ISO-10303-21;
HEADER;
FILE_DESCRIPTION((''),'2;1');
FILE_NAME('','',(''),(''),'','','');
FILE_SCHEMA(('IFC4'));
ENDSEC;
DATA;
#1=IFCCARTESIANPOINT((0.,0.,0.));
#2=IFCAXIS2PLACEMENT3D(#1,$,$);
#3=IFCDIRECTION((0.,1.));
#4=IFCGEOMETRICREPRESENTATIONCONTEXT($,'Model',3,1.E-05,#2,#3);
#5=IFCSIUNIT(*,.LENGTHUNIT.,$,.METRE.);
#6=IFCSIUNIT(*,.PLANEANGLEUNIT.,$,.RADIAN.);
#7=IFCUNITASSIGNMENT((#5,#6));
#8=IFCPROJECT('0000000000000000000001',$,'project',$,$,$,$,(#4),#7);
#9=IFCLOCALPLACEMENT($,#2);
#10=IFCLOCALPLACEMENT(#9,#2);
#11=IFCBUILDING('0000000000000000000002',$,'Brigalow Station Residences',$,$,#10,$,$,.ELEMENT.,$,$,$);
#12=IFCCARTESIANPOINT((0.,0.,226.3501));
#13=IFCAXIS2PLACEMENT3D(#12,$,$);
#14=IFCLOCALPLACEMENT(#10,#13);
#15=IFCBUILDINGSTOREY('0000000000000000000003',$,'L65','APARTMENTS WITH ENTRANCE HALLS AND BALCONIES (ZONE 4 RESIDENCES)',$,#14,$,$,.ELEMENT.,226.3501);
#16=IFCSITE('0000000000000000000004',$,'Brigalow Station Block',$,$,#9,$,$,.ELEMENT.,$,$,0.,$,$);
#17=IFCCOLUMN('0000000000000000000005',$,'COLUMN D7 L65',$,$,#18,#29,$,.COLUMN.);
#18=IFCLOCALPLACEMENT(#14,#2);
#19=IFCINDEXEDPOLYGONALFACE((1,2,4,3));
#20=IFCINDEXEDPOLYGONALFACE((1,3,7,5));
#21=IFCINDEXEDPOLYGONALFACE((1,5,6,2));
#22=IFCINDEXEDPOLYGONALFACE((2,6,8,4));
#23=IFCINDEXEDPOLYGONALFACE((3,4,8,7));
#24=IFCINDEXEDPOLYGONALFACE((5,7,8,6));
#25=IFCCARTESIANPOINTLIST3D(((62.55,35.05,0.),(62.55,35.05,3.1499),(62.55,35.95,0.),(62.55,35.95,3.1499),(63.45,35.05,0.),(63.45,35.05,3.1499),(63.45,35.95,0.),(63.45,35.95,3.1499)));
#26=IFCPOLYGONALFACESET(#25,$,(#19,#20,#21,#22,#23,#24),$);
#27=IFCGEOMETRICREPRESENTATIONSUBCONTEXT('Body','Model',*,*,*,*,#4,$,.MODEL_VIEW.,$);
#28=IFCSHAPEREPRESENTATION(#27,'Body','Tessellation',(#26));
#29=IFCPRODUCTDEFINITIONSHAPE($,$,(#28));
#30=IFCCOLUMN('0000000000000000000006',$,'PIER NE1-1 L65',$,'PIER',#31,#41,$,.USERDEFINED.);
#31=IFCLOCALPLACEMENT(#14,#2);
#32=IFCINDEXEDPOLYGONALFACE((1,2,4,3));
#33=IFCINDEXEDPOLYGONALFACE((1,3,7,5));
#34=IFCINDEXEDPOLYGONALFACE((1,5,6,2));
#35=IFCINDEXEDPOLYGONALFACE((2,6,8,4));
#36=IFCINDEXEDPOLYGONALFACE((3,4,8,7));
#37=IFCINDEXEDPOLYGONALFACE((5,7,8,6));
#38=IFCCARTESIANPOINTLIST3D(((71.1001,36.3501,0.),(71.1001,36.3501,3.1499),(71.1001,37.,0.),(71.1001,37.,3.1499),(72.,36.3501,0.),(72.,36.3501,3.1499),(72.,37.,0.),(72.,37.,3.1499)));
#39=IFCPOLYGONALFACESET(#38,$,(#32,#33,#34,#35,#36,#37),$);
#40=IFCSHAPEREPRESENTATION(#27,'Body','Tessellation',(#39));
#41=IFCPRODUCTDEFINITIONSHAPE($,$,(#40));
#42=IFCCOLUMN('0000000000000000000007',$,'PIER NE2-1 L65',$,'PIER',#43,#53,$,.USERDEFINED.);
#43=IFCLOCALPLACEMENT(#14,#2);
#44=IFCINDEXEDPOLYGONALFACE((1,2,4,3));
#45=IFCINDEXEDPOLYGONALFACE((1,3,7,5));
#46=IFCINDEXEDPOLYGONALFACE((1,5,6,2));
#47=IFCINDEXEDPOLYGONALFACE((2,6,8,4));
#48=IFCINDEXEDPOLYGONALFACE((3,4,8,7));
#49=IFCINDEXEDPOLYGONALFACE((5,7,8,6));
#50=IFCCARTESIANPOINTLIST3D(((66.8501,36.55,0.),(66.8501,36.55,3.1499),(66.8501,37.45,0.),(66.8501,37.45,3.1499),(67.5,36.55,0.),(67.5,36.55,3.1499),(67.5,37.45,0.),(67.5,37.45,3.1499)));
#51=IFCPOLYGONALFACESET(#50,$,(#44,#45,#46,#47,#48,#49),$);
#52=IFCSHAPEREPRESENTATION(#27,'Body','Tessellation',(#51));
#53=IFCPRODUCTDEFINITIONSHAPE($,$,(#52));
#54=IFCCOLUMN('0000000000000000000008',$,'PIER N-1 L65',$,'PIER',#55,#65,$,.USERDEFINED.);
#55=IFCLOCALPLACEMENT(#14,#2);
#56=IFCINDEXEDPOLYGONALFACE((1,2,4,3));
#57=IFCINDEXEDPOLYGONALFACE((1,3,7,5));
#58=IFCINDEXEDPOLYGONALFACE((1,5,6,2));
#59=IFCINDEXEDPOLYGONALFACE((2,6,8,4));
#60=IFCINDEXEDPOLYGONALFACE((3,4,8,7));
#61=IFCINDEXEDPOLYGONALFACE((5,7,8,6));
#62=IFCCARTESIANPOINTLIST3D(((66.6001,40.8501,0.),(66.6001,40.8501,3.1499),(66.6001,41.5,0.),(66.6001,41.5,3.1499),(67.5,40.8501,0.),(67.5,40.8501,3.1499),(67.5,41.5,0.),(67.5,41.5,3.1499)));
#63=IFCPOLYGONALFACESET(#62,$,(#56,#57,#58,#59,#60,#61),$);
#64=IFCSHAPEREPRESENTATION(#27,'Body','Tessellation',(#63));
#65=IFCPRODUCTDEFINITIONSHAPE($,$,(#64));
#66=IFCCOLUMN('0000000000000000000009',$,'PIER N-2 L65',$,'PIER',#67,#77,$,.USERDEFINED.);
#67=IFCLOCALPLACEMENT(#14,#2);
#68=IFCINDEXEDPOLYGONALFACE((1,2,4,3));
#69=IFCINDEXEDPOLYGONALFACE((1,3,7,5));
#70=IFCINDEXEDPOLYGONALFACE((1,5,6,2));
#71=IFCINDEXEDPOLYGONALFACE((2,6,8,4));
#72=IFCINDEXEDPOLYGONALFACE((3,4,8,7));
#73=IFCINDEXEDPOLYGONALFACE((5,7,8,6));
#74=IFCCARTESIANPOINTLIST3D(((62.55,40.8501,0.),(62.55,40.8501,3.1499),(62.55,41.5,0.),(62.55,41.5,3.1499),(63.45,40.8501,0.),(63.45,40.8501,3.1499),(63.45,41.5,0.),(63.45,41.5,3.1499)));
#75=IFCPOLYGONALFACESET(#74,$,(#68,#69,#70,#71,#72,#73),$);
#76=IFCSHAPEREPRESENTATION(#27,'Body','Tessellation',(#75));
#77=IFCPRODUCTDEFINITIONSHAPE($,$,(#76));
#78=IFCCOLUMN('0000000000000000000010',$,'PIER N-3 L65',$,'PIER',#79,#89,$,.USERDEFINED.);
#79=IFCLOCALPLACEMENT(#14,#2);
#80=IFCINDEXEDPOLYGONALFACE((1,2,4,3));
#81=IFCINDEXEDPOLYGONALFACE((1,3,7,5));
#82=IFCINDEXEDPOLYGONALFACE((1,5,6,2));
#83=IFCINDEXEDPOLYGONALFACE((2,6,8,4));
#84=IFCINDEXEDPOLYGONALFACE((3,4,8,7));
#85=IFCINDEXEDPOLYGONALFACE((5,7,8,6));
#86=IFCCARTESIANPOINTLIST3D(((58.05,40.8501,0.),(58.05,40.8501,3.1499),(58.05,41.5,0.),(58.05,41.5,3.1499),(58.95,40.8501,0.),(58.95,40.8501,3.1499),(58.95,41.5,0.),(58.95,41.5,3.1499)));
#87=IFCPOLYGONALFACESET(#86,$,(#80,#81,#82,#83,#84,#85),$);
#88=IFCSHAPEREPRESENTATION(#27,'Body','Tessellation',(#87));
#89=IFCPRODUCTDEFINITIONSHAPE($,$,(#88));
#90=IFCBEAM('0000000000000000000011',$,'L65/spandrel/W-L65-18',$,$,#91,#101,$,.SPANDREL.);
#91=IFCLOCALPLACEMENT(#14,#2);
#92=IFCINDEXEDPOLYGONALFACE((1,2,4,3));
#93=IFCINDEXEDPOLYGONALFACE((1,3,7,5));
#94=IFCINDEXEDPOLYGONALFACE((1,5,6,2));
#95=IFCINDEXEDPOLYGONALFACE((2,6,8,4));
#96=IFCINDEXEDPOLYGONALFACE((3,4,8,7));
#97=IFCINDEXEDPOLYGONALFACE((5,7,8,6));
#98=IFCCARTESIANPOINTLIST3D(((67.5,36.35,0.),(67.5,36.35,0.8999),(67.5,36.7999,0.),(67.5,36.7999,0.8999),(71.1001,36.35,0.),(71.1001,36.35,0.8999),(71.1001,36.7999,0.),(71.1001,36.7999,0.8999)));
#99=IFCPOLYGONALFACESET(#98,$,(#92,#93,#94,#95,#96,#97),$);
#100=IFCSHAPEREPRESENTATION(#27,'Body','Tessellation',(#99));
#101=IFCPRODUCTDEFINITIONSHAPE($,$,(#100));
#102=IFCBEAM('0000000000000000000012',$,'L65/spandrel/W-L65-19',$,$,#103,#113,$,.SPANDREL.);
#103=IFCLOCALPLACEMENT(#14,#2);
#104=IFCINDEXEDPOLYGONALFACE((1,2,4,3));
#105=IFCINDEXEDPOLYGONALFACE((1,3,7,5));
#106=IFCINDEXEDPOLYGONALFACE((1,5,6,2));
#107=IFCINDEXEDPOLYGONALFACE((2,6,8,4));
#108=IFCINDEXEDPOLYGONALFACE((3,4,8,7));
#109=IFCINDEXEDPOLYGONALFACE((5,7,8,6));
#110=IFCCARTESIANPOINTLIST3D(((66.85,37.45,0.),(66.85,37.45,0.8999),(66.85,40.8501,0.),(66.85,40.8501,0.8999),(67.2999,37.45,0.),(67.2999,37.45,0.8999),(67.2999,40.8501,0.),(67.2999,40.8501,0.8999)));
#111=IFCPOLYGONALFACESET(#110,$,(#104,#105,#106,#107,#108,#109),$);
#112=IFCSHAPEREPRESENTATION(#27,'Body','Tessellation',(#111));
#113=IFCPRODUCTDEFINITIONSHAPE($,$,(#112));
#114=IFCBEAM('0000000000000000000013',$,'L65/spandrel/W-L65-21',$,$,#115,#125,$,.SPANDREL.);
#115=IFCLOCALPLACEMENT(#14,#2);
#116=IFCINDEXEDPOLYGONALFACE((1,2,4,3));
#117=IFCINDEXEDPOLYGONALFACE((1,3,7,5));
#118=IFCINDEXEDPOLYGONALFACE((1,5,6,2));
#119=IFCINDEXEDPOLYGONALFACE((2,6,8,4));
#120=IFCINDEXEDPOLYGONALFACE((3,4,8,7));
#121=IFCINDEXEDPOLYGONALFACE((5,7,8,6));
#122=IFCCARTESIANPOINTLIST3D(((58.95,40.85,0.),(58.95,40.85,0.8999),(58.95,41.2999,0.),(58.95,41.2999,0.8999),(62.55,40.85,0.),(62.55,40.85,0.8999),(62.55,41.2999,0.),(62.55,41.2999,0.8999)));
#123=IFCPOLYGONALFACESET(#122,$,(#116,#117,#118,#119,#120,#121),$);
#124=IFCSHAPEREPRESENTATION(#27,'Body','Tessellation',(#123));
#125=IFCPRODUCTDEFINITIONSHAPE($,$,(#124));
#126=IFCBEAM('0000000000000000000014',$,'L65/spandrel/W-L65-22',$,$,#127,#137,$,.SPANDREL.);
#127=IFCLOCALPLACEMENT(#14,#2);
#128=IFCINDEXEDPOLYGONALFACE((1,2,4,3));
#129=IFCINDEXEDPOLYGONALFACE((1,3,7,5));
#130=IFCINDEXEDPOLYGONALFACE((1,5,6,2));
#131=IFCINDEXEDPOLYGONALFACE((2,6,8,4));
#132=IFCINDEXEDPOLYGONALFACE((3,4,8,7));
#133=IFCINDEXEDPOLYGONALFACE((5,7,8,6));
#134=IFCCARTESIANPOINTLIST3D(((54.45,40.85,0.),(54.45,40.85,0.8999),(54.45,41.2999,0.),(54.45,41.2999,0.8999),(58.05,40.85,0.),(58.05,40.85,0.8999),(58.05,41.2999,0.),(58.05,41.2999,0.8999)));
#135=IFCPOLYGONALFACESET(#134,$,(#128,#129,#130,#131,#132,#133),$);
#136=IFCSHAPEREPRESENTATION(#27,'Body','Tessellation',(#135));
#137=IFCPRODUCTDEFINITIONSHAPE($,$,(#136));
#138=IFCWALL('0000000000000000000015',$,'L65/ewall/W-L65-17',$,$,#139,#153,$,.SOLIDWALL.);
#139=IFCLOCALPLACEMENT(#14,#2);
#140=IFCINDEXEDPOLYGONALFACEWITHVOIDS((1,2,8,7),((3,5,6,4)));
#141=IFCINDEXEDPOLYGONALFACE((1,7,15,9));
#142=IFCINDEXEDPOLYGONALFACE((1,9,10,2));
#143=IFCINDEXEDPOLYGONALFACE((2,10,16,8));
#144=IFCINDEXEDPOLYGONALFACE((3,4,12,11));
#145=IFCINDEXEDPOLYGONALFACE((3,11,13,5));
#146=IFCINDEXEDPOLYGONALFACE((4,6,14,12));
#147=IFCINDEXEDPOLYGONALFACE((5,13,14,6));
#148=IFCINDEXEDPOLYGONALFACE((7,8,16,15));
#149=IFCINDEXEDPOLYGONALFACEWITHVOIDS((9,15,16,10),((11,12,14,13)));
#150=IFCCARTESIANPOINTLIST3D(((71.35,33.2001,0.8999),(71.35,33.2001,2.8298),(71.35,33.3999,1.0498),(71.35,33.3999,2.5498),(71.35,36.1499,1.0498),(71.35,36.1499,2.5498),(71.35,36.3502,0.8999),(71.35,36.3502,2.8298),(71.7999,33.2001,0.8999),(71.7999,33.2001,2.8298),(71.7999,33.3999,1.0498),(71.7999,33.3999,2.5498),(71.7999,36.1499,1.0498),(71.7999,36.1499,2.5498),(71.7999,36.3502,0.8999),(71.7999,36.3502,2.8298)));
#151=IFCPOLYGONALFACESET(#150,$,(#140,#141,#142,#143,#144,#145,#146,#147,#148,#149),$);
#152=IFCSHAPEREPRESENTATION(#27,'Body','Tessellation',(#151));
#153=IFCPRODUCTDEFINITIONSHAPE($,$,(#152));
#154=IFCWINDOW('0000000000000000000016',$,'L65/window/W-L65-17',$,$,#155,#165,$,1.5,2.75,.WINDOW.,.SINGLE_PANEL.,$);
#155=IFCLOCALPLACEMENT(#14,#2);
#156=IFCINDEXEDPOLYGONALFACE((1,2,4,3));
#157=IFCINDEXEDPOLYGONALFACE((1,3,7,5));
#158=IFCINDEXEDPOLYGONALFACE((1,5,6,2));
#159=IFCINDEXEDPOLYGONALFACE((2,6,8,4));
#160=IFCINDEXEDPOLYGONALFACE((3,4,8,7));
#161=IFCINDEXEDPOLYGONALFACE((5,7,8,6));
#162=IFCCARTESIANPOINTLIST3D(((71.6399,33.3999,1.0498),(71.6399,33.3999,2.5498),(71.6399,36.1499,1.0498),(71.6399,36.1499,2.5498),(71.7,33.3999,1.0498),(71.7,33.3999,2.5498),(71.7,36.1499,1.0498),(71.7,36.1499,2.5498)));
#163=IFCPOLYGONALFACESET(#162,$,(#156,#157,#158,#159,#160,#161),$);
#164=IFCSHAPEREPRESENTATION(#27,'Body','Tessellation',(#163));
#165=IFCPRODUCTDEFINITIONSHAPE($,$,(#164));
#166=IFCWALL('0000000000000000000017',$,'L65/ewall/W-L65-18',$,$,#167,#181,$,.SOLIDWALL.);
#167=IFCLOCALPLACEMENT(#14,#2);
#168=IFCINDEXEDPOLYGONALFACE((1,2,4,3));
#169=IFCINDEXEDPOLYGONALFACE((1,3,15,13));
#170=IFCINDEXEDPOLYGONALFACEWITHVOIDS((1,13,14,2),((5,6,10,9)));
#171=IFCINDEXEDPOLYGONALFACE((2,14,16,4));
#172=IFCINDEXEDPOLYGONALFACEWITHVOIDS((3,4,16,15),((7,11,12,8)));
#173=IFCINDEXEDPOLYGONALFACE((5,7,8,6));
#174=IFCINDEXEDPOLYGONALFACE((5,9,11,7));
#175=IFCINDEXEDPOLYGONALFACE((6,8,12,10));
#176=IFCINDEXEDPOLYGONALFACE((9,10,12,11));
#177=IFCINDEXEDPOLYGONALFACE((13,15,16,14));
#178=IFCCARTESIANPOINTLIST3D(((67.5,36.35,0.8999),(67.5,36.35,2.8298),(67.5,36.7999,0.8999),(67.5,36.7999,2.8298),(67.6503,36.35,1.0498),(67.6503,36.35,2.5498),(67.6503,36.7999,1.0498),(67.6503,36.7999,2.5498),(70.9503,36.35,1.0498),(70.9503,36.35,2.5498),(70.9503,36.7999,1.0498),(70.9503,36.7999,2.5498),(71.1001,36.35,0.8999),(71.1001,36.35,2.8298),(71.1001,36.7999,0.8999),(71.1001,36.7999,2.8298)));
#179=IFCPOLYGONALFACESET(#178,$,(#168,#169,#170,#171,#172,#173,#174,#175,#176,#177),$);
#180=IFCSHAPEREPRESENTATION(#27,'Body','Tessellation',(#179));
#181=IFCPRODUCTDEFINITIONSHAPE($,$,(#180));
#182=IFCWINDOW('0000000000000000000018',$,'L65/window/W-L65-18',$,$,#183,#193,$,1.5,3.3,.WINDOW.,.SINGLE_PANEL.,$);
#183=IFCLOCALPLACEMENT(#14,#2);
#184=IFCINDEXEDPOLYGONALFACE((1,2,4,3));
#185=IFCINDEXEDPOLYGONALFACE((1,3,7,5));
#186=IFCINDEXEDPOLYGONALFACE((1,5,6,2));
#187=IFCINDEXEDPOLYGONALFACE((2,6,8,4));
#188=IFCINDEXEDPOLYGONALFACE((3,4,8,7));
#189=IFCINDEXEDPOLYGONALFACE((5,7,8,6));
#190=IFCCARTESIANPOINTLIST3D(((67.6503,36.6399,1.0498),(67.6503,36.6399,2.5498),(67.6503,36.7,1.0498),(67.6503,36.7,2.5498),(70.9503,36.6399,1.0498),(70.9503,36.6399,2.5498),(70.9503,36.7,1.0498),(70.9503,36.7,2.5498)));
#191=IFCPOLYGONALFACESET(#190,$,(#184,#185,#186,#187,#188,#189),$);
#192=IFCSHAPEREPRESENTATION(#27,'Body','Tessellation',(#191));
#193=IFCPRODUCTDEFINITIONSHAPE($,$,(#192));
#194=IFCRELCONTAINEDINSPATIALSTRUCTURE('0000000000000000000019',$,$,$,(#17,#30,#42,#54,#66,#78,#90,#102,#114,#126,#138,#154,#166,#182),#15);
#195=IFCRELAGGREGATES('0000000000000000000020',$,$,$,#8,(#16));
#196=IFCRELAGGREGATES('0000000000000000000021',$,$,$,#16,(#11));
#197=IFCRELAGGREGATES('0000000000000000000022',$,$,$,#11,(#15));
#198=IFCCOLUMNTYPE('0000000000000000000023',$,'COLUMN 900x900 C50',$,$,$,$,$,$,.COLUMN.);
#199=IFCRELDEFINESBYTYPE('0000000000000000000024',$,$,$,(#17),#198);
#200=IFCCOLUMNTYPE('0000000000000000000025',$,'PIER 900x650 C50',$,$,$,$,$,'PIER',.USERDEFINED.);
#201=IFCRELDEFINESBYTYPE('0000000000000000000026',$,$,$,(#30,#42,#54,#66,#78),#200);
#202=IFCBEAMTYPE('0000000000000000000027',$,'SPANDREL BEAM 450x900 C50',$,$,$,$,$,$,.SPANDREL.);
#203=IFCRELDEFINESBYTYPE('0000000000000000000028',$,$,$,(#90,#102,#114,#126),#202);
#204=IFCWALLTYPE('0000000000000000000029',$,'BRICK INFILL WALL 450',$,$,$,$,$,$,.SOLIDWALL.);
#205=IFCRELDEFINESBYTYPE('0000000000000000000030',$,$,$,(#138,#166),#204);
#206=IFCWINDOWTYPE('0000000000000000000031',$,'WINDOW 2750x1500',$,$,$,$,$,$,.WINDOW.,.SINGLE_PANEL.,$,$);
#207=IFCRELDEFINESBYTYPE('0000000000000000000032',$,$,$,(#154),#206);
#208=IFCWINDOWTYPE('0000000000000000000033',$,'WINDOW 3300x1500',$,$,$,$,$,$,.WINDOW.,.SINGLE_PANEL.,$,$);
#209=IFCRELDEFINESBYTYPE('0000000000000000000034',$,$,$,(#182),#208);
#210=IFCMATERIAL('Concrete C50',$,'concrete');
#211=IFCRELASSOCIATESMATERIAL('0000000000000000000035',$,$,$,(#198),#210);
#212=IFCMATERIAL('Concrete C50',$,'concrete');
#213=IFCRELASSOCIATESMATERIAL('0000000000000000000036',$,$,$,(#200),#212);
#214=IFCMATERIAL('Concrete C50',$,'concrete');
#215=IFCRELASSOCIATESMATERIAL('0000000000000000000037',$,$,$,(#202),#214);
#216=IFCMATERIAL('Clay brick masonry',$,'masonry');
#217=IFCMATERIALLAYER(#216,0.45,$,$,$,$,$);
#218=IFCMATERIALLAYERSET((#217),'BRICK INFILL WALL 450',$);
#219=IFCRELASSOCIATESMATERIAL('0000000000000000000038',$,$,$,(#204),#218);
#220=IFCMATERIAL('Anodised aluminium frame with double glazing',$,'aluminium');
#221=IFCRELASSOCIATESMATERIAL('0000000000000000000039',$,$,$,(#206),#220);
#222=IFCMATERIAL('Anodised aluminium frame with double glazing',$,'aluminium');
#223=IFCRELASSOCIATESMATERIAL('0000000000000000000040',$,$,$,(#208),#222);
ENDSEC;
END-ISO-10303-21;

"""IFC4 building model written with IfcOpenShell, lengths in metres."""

from ifc_helpers import new_model, si_unit, direction, frame, frame_2d, origin, origin_2d, place, context, subcontext, project, spatial, rectangle, extrude, material, layer, layer_set, material_profile, profile_set, type_object, element, fill, save


model = new_model("IFC4")

# Units and contexts
model_context = context("Model", 3, precision=1e-05, world=origin(), true_north=direction((0.0, 1.0)))
body_context = subcontext(model_context, "Body", "Model", "MODEL_VIEW")
ifc_project = project(units=[si_unit("LENGTHUNIT", "METRE"), si_unit("PLANEANGLEUNIT", "RADIAN")], contexts=[model_context])

# Site, building, storey
site_placement = place(None, origin())
site = spatial("IfcSite", under=ifc_project, at=site_placement, Name="Brigalow Station Block", CompositionType="ELEMENT", RefElevation=0.0)
building_placement = place(site_placement, origin())
building = spatial("IfcBuilding", under=site, at=building_placement, Name="Brigalow Station Residences", CompositionType="ELEMENT")
storey_placement = place(building_placement, frame((0.0, 0.0, 226.3501)))
storey = spatial("IfcBuildingStorey", under=building, at=storey_placement, Name="L65", Description="APARTMENTS WITH ENTRANCE HALLS AND BALCONIES (ZONE 4 RESIDENCES)", CompositionType="ELEMENT", Elevation=226.3501)

# Columns
ifc_material_1 = material(Name="Concrete C50", Category="concrete")
ifc_material_profile_1 = material_profile(ifc_material_1, rectangle(XDim=0.8999, YDim=0.8999, at=origin_2d()), Name="RC900x900")
ifc_profile_set_1 = profile_set([ifc_material_profile_1], Name="Concrete C50")
column_type_1 = type_object("IfcColumnType", Name="COLUMN 900x900 C50", PredefinedType="COLUMN", material=ifc_profile_set_1)
column_placement = place(storey_placement, frame((63.0, 35.5, 0.0), z_axis=(0.0, 0.0, 1.0), x_axis=(1.0, 0.0, 0.0)))
element("IfcColumn", 1, at=column_placement, inside=storey, type_object=column_type_1, Name="COLUMN D7 L65", PredefinedType="COLUMN", context=body_context, shape_type="SweptSolid", body=[
    extrude(rectangle(XDim=0.8999, YDim=0.8999, at=origin_2d()), origin(), (0.0, 0.0, 1.0), 3.1499),
])
ifc_material_2 = material(Name="Concrete C50", Category="concrete")
ifc_material_profile_2 = material_profile(ifc_material_2, rectangle(XDim=0.8999, YDim=0.6499, at=origin_2d()), Name="RC900x650")
ifc_profile_set_2 = profile_set([ifc_material_profile_2], Name="Concrete C50")
column_type_2 = type_object("IfcColumnType", Name="PIER 900x650 C50", ElementType="PIER", PredefinedType="USERDEFINED", material=ifc_profile_set_2)
for number, where, z_axis, x_axis, name in (
    (2, (71.55, 36.675, 0.0), (0.0, 0.0, 1.0), (-1.0, 0.0, 0.0), "PIER NE1-1 L65"),
    (3, (67.175, 37.0, 0.0), (0.0, 0.0, 1.0), (0.0, 1.0, 0.0), "PIER NE2-1 L65"),
    (4, (67.05, 41.175, 0.0), (0.0, 0.0, 1.0), (-1.0, 0.0, 0.0), "PIER N-1 L65"),
    (5, (63.0, 41.175, 0.0), (0.0, 0.0, 1.0), (-1.0, 0.0, 0.0), "PIER N-2 L65"),
    (6, (58.5, 41.175, 0.0), (0.0, 0.0, 1.0), (-1.0, 0.0, 0.0), "PIER N-3 L65"),
):
    element("IfcColumn", number, at=place(storey_placement, frame(where, z_axis=z_axis, x_axis=x_axis)), inside=storey, type_object=column_type_2, Name=name, ObjectType="PIER", PredefinedType="USERDEFINED", context=body_context, shape_type="SweptSolid", body=[
        extrude(rectangle(XDim=0.8999, YDim=0.6499, at=origin_2d()), origin(), (0.0, 0.0, 1.0), 3.1499),
    ])

# Beams
ifc_material_3 = material(Name="Concrete C50", Category="concrete")
ifc_material_profile_3 = material_profile(ifc_material_3, rectangle(XDim=0.45, YDim=0.8999, at=origin_2d()), Name="RC450x900")
ifc_profile_set_3 = profile_set([ifc_material_profile_3], Name="Concrete C50")
beam_type = type_object("IfcBeamType", Name="SPANDREL BEAM 450x900 C50", PredefinedType="SPANDREL", material=ifc_profile_set_3)
beam_1_placement = place(storey_placement, frame((71.1001, 36.575, 0.45), z_axis=(-1.0, 0.0, 0.0), x_axis=(0.0, -1.0, 0.0)))
element("IfcBeam", 7, at=beam_1_placement, inside=storey, type_object=beam_type, Name="L65/spandrel/W-L65-18", PredefinedType="SPANDREL", context=body_context, shape_type="SweptSolid", body=[
    extrude(rectangle(XDim=0.45, YDim=0.8999, at=origin_2d()), origin(), (0.0, 0.0, 1.0), 3.6001),
])
beam_2_placement = place(storey_placement, frame((67.075, 37.45, 0.45), z_axis=(0.0, 1.0, 0.0), x_axis=(-1.0, 0.0, 0.0)))
element("IfcBeam", 8, at=beam_2_placement, inside=storey, type_object=beam_type, Name="L65/spandrel/W-L65-19", PredefinedType="SPANDREL", context=body_context, shape_type="SweptSolid", body=[
    extrude(rectangle(XDim=0.45, YDim=0.8999, at=origin_2d()), origin(), (0.0, 0.0, 1.0), 3.4001),
])
for number, where, z_axis, x_axis, name in (
    (9, (62.55, 41.075, 0.45), (-1.0, 0.0, 0.0), (0.0, -1.0, 0.0), "L65/spandrel/W-L65-21"),
    (10, (58.05, 41.075, 0.45), (-1.0, 0.0, 0.0), (0.0, -1.0, 0.0), "L65/spandrel/W-L65-22"),
):
    element("IfcBeam", number, at=place(storey_placement, frame(where, z_axis=z_axis, x_axis=x_axis)), inside=storey, type_object=beam_type, Name=name, PredefinedType="SPANDREL", context=body_context, shape_type="SweptSolid", body=[
        extrude(rectangle(XDim=0.45, YDim=0.8999, at=origin_2d()), origin(), (0.0, 0.0, 1.0), 3.6001),
    ])

# Walls, openings, windows
ifc_material_4 = material(Name="Clay brick masonry", Category="masonry")
ifc_layer_1 = layer(ifc_material_4, 0.45)
ifc_layer_set_1 = layer_set([ifc_layer_1], Name="BRICK INFILL WALL 450")
wall_type_1 = type_object("IfcWallType", Name="BRICK INFILL WALL 450", PredefinedType="SOLIDWALL", material=ifc_layer_set_1)
wall_1_placement = place(storey_placement, frame((71.575, 33.2, 0.8999), z_axis=(0.0, 0.0, 1.0), x_axis=(0.0, 1.0, 0.0)))
wall_1 = element("IfcWall", 11, at=wall_1_placement, inside=storey, type_object=wall_type_1, Name="L65/ewall/W-L65-17", PredefinedType="SOLIDWALL", context=body_context, shape_type="SweptSolid", body=[
    extrude(rectangle(XDim=3.1501, YDim=0.45, at=frame_2d((1.5752, 0.0))), origin(), (0.0, 0.0, 1.0), 1.9299),
])
opening_1_placement = place(wall_1_placement, frame((0.2, 0.0, 0.1499)))
opening_1 = element("IfcOpeningElement", 12, at=opening_1_placement, cuts=wall_1, PredefinedType="OPENING", context=body_context, shape_type="SweptSolid", body=[
    extrude(rectangle(XDim=2.75, YDim=1.5, at=frame_2d((1.375, 0.75))), frame((0.0, 0.2349, 0.0), z_axis=(0.0, -1.0, 0.0), x_axis=(1.0, 0.0, 0.0)), (0.0, 0.0, 1.0), 0.47),
])
ifc_material_5 = material(Name="Anodised aluminium frame with double glazing", Category="aluminium")
window_type_1 = type_object("IfcWindowType", Name="WINDOW 2750x1500", PartitioningType="SINGLE_PANEL", PredefinedType="WINDOW", material=ifc_material_5)
window_1_placement = place(opening_1_placement, origin())
window_1 = element("IfcWindow", 13, at=window_1_placement, inside=storey, type_object=window_type_1, Name="L65/window/W-L65-17", OverallHeight=1.5, OverallWidth=2.75, PartitioningType="SINGLE_PANEL", PredefinedType="WINDOW", context=body_context, shape_type="SweptSolid", body=[
    extrude(rectangle(XDim=2.75, YDim=1.5, at=frame_2d((1.375, 0.75))), frame((0.0, -0.0649, 0.0), z_axis=(0.0, -1.0, 0.0), x_axis=(1.0, 0.0, 0.0)), (0.0, 0.0, 1.0), 0.0601),
])
fill(opening_1, window_1)
wall_2_placement = place(storey_placement, frame((71.1001, 36.575, 0.8999), z_axis=(0.0, 0.0, 1.0), x_axis=(-1.0, 0.0, 0.0)))
wall_2 = element("IfcWall", 14, at=wall_2_placement, inside=storey, type_object=wall_type_1, Name="L65/ewall/W-L65-18", PredefinedType="SOLIDWALL", context=body_context, shape_type="SweptSolid", body=[
    extrude(rectangle(XDim=3.6001, YDim=0.45, at=frame_2d((1.8, 0.0))), origin(), (0.0, 0.0, 1.0), 1.9299),
])
opening_2_placement = place(wall_2_placement, frame((0.1499, 0.0, 0.1499)))
opening_2 = element("IfcOpeningElement", 15, at=opening_2_placement, cuts=wall_2, PredefinedType="OPENING", context=body_context, shape_type="SweptSolid", body=[
    extrude(rectangle(XDim=3.3, YDim=1.5, at=frame_2d((1.6499, 0.75))), frame((0.0, 0.2349, 0.0), z_axis=(0.0, -1.0, 0.0), x_axis=(1.0, 0.0, 0.0)), (0.0, 0.0, 1.0), 0.47),
])
ifc_material_6 = material(Name="Anodised aluminium frame with double glazing", Category="aluminium")
window_type_2 = type_object("IfcWindowType", Name="WINDOW 3300x1500", PartitioningType="SINGLE_PANEL", PredefinedType="WINDOW", material=ifc_material_6)
window_2_placement = place(opening_2_placement, origin())
window_2 = element("IfcWindow", 16, at=window_2_placement, inside=storey, type_object=window_type_2, Name="L65/window/W-L65-18", OverallHeight=1.5, OverallWidth=3.3, PartitioningType="SINGLE_PANEL", PredefinedType="WINDOW", context=body_context, shape_type="SweptSolid", body=[
    extrude(rectangle(XDim=3.3, YDim=1.5, at=frame_2d((1.6499, 0.75))), frame((0.0, -0.0649, 0.0), z_axis=(0.0, -1.0, 0.0), x_axis=(1.0, 0.0, 0.0)), (0.0, 0.0, 1.0), 0.0601),
])
fill(opening_2, window_2)

save(model, "model.ifc")
